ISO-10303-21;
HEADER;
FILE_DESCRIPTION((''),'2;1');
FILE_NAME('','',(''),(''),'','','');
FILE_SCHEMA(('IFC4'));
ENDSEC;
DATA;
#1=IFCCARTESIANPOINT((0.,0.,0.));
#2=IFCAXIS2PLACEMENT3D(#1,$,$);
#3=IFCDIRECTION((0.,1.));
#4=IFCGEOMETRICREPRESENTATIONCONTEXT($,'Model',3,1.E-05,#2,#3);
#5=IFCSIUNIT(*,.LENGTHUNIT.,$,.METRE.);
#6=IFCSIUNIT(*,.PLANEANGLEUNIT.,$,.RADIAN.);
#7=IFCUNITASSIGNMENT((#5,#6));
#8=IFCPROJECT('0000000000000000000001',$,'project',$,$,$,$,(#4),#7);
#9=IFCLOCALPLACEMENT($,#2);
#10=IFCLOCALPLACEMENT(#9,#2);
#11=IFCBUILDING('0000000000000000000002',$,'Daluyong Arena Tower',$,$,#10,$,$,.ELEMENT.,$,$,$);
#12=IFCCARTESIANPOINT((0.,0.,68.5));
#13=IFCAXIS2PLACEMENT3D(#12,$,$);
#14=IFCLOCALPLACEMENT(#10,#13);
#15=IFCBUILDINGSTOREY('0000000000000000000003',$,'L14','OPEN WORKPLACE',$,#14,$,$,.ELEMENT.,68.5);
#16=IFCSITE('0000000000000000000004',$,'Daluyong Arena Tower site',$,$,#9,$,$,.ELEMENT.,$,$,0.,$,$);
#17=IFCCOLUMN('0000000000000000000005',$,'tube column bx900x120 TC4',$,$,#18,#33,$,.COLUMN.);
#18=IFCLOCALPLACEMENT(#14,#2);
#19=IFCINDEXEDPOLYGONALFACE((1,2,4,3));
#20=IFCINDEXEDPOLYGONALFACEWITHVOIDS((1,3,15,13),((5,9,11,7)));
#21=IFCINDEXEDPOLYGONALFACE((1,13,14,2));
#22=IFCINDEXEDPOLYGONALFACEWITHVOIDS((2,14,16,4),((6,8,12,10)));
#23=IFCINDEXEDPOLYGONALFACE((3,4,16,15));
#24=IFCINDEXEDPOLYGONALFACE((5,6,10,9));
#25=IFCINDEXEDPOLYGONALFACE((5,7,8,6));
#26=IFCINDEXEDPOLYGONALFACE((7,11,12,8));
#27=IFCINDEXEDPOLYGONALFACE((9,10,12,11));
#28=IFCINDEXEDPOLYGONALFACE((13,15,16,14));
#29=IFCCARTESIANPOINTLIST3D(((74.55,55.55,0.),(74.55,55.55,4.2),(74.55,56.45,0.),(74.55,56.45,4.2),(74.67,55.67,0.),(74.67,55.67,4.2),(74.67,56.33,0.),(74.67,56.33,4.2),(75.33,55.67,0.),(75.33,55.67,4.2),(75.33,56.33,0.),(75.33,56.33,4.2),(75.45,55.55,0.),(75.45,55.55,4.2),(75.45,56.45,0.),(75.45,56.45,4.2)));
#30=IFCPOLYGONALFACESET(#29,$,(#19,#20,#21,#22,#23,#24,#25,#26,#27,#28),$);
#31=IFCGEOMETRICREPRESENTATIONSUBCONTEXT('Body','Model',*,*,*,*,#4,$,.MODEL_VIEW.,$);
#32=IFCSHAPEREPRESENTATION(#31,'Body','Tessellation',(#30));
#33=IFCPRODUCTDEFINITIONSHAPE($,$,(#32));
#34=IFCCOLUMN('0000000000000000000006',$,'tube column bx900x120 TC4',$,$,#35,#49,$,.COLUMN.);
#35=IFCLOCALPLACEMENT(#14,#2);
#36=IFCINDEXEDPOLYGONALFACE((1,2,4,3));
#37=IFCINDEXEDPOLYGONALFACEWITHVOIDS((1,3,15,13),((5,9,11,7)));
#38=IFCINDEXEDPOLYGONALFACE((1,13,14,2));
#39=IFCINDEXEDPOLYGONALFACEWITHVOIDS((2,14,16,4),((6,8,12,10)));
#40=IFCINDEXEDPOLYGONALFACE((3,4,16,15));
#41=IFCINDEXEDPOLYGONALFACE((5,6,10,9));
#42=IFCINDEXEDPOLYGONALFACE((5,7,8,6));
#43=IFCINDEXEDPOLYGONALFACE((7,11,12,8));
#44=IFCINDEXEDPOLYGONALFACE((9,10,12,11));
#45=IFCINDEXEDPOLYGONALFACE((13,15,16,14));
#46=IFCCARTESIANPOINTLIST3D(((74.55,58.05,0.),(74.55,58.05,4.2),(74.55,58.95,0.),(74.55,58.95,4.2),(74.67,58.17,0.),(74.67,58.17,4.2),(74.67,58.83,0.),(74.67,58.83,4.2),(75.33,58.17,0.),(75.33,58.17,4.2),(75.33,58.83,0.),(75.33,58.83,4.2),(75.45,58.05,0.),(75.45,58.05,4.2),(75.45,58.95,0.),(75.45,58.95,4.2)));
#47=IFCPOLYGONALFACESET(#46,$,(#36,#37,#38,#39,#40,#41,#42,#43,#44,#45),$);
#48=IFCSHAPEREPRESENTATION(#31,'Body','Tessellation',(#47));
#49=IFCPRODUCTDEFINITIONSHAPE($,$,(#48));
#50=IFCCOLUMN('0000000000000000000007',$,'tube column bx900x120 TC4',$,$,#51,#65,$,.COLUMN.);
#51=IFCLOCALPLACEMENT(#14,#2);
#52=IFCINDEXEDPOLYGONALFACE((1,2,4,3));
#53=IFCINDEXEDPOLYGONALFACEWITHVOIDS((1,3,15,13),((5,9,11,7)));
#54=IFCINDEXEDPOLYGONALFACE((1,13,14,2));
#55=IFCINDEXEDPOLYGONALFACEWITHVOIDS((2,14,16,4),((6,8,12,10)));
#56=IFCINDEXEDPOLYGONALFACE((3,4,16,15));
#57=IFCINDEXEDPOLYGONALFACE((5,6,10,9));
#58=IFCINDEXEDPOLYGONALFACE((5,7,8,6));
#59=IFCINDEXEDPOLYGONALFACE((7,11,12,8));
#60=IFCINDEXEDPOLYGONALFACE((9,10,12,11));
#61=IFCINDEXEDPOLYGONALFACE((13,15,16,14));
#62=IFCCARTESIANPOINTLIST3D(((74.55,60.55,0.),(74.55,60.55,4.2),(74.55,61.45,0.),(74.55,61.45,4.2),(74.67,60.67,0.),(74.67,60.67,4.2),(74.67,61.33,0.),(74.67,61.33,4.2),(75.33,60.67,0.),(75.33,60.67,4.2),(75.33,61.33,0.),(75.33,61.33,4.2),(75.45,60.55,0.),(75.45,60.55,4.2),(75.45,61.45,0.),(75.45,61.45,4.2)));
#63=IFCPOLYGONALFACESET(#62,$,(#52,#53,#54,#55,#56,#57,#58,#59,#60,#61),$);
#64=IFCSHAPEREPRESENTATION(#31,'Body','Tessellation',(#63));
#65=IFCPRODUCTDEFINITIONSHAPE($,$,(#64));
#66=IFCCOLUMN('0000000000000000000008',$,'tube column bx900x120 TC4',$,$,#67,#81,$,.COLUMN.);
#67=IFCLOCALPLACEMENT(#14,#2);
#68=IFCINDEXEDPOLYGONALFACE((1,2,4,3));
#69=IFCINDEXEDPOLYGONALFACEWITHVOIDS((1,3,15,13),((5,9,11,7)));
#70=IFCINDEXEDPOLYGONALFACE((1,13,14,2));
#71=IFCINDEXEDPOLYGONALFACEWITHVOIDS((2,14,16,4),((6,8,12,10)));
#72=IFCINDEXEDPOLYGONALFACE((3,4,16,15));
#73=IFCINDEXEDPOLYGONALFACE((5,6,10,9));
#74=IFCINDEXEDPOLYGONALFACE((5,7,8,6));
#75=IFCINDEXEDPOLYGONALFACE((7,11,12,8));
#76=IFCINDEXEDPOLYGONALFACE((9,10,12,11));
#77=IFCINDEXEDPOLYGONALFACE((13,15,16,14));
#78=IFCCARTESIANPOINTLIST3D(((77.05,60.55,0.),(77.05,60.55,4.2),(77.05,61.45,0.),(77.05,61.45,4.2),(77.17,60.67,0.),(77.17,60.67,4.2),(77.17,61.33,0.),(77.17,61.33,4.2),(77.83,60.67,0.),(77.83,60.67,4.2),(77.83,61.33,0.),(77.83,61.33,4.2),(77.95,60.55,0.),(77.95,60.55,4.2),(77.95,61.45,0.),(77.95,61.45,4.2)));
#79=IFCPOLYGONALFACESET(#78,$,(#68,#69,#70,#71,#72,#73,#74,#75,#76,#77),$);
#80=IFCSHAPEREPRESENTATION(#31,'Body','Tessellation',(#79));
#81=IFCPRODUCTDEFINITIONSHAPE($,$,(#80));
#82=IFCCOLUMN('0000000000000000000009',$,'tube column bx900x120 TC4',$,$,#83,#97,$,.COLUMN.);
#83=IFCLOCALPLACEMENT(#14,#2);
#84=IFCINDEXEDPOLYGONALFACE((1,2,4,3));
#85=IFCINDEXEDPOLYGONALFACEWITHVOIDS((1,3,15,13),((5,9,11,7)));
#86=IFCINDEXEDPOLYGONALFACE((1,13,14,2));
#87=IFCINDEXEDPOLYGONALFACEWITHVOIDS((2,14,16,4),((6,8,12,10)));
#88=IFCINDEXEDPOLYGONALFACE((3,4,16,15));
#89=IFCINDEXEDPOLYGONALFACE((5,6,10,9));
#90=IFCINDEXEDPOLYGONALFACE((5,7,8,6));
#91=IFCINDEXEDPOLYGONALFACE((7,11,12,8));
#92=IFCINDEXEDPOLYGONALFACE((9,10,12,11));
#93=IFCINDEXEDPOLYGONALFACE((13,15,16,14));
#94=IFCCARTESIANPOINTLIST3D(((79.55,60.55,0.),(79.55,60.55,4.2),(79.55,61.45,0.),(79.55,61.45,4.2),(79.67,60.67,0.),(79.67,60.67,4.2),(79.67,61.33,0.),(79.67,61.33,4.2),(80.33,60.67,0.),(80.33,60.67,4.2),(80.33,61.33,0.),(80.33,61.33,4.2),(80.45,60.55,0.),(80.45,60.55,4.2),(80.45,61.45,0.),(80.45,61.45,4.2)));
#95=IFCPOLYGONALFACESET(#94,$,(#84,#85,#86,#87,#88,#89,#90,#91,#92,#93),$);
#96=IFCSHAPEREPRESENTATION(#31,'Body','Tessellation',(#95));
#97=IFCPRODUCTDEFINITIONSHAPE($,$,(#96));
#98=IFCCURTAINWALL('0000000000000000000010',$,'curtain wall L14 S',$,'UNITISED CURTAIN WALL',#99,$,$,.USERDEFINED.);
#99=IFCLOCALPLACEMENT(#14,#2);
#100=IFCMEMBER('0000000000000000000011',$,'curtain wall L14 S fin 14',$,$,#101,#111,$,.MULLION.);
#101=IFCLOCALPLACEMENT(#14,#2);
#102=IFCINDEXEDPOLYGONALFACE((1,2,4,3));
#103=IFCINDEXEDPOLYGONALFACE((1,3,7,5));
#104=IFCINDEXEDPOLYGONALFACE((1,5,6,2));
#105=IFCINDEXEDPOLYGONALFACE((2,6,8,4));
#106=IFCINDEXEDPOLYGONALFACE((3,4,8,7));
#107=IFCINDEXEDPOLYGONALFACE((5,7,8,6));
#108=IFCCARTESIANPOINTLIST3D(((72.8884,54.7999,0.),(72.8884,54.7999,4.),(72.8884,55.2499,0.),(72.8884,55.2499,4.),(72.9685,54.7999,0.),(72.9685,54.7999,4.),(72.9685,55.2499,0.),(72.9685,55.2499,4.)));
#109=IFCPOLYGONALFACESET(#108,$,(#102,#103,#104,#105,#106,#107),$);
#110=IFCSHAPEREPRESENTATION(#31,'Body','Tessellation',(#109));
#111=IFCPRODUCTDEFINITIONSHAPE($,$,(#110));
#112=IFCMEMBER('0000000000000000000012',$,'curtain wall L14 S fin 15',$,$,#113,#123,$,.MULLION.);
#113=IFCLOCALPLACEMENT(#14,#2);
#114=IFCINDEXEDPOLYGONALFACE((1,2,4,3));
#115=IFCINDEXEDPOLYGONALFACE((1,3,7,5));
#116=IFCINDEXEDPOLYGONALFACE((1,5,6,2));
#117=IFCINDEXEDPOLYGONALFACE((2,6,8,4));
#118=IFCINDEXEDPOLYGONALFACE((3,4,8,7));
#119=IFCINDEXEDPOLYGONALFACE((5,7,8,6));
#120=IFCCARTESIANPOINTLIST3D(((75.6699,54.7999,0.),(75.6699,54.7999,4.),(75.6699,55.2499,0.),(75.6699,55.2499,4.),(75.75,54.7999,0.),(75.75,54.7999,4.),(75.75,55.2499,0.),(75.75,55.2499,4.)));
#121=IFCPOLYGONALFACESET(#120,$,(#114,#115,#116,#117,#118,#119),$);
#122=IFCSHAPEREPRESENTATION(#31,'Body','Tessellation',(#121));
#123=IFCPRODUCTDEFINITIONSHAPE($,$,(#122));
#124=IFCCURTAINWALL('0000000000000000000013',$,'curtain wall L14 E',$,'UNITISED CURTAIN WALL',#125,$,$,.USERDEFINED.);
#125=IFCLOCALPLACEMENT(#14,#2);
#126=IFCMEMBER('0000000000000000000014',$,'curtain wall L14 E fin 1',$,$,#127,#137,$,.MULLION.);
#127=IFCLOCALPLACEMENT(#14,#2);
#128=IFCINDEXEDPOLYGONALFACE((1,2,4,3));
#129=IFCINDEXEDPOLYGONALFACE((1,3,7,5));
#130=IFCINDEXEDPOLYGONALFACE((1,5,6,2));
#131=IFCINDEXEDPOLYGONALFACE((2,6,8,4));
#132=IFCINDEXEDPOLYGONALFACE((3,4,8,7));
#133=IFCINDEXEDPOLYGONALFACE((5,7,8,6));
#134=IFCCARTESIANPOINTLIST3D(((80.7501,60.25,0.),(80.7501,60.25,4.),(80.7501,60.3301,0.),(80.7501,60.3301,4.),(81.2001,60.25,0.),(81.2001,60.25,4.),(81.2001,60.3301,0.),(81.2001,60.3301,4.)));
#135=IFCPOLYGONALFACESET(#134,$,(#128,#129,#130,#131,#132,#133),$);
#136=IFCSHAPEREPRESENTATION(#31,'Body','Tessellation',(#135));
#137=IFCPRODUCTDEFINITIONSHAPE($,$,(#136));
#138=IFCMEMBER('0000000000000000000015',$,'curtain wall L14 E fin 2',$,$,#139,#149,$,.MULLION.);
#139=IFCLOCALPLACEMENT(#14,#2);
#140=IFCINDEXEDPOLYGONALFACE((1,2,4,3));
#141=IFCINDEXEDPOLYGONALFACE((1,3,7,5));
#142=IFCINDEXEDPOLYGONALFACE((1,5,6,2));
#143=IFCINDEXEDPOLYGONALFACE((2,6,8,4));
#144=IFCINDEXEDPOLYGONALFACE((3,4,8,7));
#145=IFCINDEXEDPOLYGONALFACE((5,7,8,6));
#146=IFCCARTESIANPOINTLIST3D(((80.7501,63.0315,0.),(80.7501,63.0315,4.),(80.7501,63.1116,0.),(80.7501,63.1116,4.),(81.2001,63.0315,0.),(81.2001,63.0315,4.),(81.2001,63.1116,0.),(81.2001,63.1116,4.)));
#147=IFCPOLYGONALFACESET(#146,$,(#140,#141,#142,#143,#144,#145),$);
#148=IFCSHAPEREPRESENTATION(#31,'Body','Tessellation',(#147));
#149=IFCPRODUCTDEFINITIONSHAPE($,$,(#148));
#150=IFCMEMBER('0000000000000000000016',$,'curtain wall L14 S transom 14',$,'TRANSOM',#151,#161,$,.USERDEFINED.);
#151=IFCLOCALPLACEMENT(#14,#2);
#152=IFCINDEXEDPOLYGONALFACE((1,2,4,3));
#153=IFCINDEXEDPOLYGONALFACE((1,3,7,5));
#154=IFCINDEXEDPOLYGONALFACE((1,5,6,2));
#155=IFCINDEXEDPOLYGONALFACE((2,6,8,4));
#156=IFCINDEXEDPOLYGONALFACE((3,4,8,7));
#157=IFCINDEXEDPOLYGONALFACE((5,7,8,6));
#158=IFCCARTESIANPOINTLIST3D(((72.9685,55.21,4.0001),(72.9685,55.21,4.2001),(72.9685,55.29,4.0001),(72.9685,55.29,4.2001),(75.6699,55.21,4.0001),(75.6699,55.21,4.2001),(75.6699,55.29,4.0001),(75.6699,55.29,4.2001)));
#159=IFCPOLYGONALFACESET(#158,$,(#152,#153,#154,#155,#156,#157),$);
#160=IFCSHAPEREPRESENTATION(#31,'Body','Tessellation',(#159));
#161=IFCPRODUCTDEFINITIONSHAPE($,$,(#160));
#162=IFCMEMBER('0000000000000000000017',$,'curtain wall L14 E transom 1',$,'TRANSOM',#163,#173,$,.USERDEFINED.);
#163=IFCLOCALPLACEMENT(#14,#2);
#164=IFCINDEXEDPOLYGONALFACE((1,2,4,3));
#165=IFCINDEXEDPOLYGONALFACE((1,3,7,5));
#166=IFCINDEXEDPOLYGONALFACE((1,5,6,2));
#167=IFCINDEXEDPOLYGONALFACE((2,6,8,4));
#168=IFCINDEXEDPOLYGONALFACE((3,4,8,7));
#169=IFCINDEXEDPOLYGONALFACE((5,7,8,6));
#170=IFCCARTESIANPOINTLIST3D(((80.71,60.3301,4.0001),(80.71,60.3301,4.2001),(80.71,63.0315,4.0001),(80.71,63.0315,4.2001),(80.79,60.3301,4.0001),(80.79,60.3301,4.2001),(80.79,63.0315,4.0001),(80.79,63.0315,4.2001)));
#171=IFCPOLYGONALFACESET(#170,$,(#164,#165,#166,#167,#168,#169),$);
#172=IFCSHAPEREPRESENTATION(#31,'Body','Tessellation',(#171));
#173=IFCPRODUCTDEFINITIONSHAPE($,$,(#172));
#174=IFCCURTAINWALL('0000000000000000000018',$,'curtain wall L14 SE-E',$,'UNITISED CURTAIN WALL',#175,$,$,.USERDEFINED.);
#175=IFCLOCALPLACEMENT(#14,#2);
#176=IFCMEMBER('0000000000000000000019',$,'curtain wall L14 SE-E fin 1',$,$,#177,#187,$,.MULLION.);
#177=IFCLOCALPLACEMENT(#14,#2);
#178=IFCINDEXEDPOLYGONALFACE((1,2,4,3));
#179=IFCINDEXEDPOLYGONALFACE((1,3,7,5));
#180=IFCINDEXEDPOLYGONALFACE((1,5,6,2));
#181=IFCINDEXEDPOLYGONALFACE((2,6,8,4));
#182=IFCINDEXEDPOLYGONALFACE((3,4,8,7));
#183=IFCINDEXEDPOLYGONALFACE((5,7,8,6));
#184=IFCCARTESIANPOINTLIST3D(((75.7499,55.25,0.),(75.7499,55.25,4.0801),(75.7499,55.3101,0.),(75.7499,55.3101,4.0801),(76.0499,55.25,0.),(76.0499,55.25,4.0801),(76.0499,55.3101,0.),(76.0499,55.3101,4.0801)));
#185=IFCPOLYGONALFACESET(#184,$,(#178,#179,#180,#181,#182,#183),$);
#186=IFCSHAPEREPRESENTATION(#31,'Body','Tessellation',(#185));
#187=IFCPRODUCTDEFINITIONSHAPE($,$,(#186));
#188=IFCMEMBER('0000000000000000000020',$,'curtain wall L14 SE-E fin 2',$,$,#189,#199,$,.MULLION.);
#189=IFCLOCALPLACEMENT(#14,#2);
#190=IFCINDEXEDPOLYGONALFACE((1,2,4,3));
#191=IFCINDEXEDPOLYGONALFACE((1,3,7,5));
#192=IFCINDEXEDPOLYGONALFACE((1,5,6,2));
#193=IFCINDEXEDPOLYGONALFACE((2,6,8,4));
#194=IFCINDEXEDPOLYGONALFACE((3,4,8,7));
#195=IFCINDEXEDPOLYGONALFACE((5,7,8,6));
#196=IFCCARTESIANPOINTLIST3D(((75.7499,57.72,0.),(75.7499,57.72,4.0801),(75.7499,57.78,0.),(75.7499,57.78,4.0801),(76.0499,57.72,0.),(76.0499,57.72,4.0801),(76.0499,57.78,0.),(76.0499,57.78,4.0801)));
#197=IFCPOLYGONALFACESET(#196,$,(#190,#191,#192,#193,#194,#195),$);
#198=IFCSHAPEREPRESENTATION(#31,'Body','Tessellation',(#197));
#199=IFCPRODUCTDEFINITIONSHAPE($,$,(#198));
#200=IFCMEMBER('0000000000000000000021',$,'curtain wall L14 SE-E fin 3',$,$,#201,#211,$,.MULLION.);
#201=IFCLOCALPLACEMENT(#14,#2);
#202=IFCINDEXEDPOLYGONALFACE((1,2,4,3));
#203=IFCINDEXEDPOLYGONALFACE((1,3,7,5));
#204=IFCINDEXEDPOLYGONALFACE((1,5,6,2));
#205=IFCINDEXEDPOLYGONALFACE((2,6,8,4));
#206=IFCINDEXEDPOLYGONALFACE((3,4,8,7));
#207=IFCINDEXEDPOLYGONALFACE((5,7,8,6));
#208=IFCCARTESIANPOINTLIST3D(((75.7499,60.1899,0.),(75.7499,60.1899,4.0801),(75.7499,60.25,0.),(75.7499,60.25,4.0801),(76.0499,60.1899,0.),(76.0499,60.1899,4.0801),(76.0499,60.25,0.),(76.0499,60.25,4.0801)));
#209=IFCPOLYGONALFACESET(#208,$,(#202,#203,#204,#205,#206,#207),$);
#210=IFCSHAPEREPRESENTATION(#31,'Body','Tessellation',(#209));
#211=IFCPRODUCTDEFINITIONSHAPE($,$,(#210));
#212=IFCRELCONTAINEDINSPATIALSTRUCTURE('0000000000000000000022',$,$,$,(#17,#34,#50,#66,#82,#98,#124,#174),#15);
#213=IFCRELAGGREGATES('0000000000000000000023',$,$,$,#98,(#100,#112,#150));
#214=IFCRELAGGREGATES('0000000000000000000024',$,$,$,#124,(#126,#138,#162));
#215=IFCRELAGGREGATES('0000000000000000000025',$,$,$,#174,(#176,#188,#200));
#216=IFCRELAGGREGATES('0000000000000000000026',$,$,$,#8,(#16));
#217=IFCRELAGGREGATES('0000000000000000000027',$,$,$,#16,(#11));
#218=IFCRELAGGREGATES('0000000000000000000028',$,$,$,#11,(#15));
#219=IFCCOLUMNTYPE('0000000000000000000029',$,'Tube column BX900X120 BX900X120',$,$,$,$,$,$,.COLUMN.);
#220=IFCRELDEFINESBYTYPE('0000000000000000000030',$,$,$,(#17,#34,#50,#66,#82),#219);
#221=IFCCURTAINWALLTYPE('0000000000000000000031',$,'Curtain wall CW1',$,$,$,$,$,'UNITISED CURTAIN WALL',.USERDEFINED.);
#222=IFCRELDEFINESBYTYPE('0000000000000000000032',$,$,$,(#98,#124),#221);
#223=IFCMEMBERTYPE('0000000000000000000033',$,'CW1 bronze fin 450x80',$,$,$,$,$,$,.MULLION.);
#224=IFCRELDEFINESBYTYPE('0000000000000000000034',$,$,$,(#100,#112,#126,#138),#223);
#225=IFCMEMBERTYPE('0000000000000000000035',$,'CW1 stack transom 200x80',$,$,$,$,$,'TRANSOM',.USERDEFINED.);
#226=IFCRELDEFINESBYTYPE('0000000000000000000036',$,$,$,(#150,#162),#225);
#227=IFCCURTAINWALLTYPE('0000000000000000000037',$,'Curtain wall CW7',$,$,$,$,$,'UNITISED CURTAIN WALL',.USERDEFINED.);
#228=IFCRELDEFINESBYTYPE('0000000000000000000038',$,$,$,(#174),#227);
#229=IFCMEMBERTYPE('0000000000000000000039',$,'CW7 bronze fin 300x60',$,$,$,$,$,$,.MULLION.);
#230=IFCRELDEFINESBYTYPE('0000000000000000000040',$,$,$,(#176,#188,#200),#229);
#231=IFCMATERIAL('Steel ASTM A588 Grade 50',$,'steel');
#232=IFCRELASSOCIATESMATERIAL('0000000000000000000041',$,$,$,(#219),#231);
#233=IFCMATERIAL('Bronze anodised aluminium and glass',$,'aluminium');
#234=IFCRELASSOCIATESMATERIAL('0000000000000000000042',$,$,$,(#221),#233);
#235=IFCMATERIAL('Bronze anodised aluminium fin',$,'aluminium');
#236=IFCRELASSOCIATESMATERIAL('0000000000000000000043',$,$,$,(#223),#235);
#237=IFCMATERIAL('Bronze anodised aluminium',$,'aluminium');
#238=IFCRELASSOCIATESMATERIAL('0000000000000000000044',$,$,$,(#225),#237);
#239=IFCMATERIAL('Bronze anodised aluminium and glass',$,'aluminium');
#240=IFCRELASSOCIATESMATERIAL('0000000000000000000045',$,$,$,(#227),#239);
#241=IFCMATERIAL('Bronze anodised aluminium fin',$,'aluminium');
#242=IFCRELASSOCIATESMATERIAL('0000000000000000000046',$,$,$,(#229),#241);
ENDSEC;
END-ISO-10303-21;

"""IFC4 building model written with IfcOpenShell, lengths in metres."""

from ifc_helpers import new_model, si_unit, direction, frame, origin, origin_2d, place, context, subcontext, project, spatial, rectangle, hollow_rectangle, extrude, material, material_profile, profile_set, type_object, element, aggregate, save


model = new_model("IFC4")

# Units and contexts
model_context = context("Model", 3, precision=1e-05, world=origin(), true_north=direction((0.0, 1.0)))
body_context = subcontext(model_context, "Body", "Model", "MODEL_VIEW")
ifc_project = project(units=[si_unit("LENGTHUNIT", "METRE"), si_unit("PLANEANGLEUNIT", "RADIAN")], contexts=[model_context])

# Site, building, storey
site_placement = place(None, origin())
site = spatial("IfcSite", under=ifc_project, at=site_placement, Name="Daluyong Arena Tower site", CompositionType="ELEMENT", RefElevation=0.0)
building_placement = place(site_placement, origin())
building = spatial("IfcBuilding", under=site, at=building_placement, Name="Daluyong Arena Tower", CompositionType="ELEMENT")
storey_placement = place(building_placement, frame((0.0, 0.0, 68.5)))
storey = spatial("IfcBuildingStorey", under=building, at=storey_placement, Name="L14", Description="OPEN WORKPLACE", CompositionType="ELEMENT", Elevation=68.5)

# Columns
ifc_material_1 = material(Name="Steel ASTM A588 Grade 50", Category="steel")
ifc_material_profile_1 = material_profile(ifc_material_1, hollow_rectangle(XDim=0.8999, YDim=0.8999, WallThickness=0.12, at=origin_2d()))
ifc_profile_set_1 = profile_set([ifc_material_profile_1], Name="Steel ASTM A588 Grade 50")
column_type = type_object("IfcColumnType", Name="Tube column BX900X120 BX900X120", PredefinedType="COLUMN", material=ifc_profile_set_1)
for number, where, z_axis, x_axis, name in (
    (1, (75.0, 56.0, 0.0), (0.0, 0.0, 1.0), (0.0, 1.0, 0.0), "tube column bx900x120 TC4"),
    (2, (75.0, 58.5, 0.0), (0.0, 0.0, 1.0), (0.0, 1.0, 0.0), "tube column bx900x120 TC4"),
    (3, (75.0, 61.0, 0.0), (0.0, 0.0, 1.0), (1.0, 0.0, 0.0), "tube column bx900x120 TC4"),
    (4, (77.5, 61.0, 0.0), (0.0, 0.0, 1.0), (1.0, 0.0, 0.0), "tube column bx900x120 TC4"),
    (5, (80.0, 61.0, 0.0), (0.0, 0.0, 1.0), (0.0, 1.0, 0.0), "tube column bx900x120 TC4"),
):
    element("IfcColumn", number, at=place(storey_placement, frame(where, z_axis=z_axis, x_axis=x_axis)), inside=storey, type_object=column_type, Name=name, PredefinedType="COLUMN", context=body_context, shape_type="SweptSolid", body=[
        extrude(hollow_rectangle(XDim=0.8999, YDim=0.8999, WallThickness=0.12, at=origin_2d()), origin(), (0.0, 0.0, 1.0), 4.2),
    ])

# Curtain walls, members
ifc_material_2 = material(Name="Bronze anodised aluminium and glass", Category="aluminium")
curtain_wall_type_1 = type_object("IfcCurtainWallType", Name="Curtain wall CW1", ElementType="UNITISED CURTAIN WALL", PredefinedType="USERDEFINED", material=ifc_material_2)
curtain_wall_1_placement = place(storey_placement, origin())
curtain_wall_1 = element("IfcCurtainWall", 6, at=curtain_wall_1_placement, inside=storey, type_object=curtain_wall_type_1, Name="curtain wall L14 S", ObjectType="UNITISED CURTAIN WALL", PredefinedType="USERDEFINED")
ifc_material_3 = material(Name="Bronze anodised aluminium fin", Category="aluminium")
ifc_material_profile_2 = material_profile(ifc_material_3, rectangle(XDim=0.45, YDim=0.0801, at=origin_2d()))
ifc_profile_set_2 = profile_set([ifc_material_profile_2], Name="Bronze anodised aluminium fin")
member_type_1 = type_object("IfcMemberType", Name="CW1 bronze fin 450x80", PredefinedType="MULLION", material=ifc_profile_set_2)
member_1_placement = place(storey_placement, frame((72.9285, 55.0249, 0.0), z_axis=(0.0, 0.0, 1.0), x_axis=(0.0, 1.0, 0.0)))
member_1 = element("IfcMember", 7, at=member_1_placement, type_object=member_type_1, Name="curtain wall L14 S fin 14", PredefinedType="MULLION", context=body_context, shape_type="SweptSolid", body=[
    extrude(rectangle(XDim=0.45, YDim=0.0801, at=origin_2d()), origin(), (0.0, 0.0, 1.0), 4.0),
])
member_2_placement = place(storey_placement, frame((75.71, 55.0249, 0.0), z_axis=(0.0, 0.0, 1.0), x_axis=(0.0, 1.0, 0.0)))
member_2 = element("IfcMember", 8, at=member_2_placement, type_object=member_type_1, Name="curtain wall L14 S fin 15", PredefinedType="MULLION", context=body_context, shape_type="SweptSolid", body=[
    extrude(rectangle(XDim=0.45, YDim=0.0801, at=origin_2d()), origin(), (0.0, 0.0, 1.0), 4.0),
])
curtain_wall_2_placement = place(storey_placement, origin())
curtain_wall_2 = element("IfcCurtainWall", 9, at=curtain_wall_2_placement, inside=storey, type_object=curtain_wall_type_1, Name="curtain wall L14 E", ObjectType="UNITISED CURTAIN WALL", PredefinedType="USERDEFINED")
member_3_placement = place(storey_placement, frame((80.9751, 60.29, 0.0), z_axis=(0.0, 0.0, 1.0), x_axis=(-1.0, 0.0, 0.0)))
member_3 = element("IfcMember", 10, at=member_3_placement, type_object=member_type_1, Name="curtain wall L14 E fin 1", PredefinedType="MULLION", context=body_context, shape_type="SweptSolid", body=[
    extrude(rectangle(XDim=0.45, YDim=0.0801, at=origin_2d()), origin(), (0.0, 0.0, 1.0), 4.0),
])
member_4_placement = place(storey_placement, frame((80.9751, 63.0715, 0.0), z_axis=(0.0, 0.0, 1.0), x_axis=(-1.0, 0.0, 0.0)))
member_4 = element("IfcMember", 11, at=member_4_placement, type_object=member_type_1, Name="curtain wall L14 E fin 2", PredefinedType="MULLION", context=body_context, shape_type="SweptSolid", body=[
    extrude(rectangle(XDim=0.45, YDim=0.0801, at=origin_2d()), origin(), (0.0, 0.0, 1.0), 4.0),
])

# Members
ifc_material_4 = material(Name="Bronze anodised aluminium", Category="aluminium")
ifc_material_profile_3 = material_profile(ifc_material_4, rectangle(XDim=0.0801, YDim=0.2, at=origin_2d()))
ifc_profile_set_3 = profile_set([ifc_material_profile_3], Name="Bronze anodised aluminium")
member_type_2 = type_object("IfcMemberType", Name="CW1 stack transom 200x80", ElementType="TRANSOM", PredefinedType="USERDEFINED", material=ifc_profile_set_3)
member_5_placement = place(storey_placement, frame((72.9685, 55.25, 4.1001), z_axis=(1.0, 0.0, 0.0), x_axis=(0.0, 1.0, 0.0)))
member_5 = element("IfcMember", 12, at=member_5_placement, type_object=member_type_2, Name="curtain wall L14 S transom 14", ObjectType="TRANSOM", PredefinedType="USERDEFINED", context=body_context, shape_type="SweptSolid", body=[
    extrude(rectangle(XDim=0.0801, YDim=0.2, at=origin_2d()), origin(), (0.0, 0.0, 1.0), 2.7014),
])
member_6_placement = place(storey_placement, frame((80.75, 60.3301, 4.1001), z_axis=(0.0, 1.0, 0.0), x_axis=(-1.0, 0.0, 0.0)))
member_6 = element("IfcMember", 13, at=member_6_placement, type_object=member_type_2, Name="curtain wall L14 E transom 1", ObjectType="TRANSOM", PredefinedType="USERDEFINED", context=body_context, shape_type="SweptSolid", body=[
    extrude(rectangle(XDim=0.0801, YDim=0.2, at=origin_2d()), origin(), (0.0, 0.0, 1.0), 2.7014),
])

# Curtain wall, members
ifc_material_5 = material(Name="Bronze anodised aluminium and glass", Category="aluminium")
curtain_wall_type_2 = type_object("IfcCurtainWallType", Name="Curtain wall CW7", ElementType="UNITISED CURTAIN WALL", PredefinedType="USERDEFINED", material=ifc_material_5)
curtain_wall_3_placement = place(storey_placement, origin())
curtain_wall_3 = element("IfcCurtainWall", 14, at=curtain_wall_3_placement, inside=storey, type_object=curtain_wall_type_2, Name="curtain wall L14 SE-E", ObjectType="UNITISED CURTAIN WALL", PredefinedType="USERDEFINED")
ifc_material_6 = material(Name="Bronze anodised aluminium fin", Category="aluminium")
ifc_material_profile_4 = material_profile(ifc_material_6, rectangle(XDim=0.3, YDim=0.0601, at=origin_2d()))
ifc_profile_set_4 = profile_set([ifc_material_profile_4], Name="Bronze anodised aluminium fin")
member_type_3 = type_object("IfcMemberType", Name="CW7 bronze fin 300x60", PredefinedType="MULLION", material=ifc_profile_set_4)
member_7_placement = place(storey_placement, frame((75.8999, 55.28, 0.0), z_axis=(0.0, 0.0, 1.0), x_axis=(-1.0, 0.0, 0.0)))
member_7 = element("IfcMember", 15, at=member_7_placement, type_object=member_type_3, Name="curtain wall L14 SE-E fin 1", PredefinedType="MULLION", context=body_context, shape_type="SweptSolid", body=[
    extrude(rectangle(XDim=0.3, YDim=0.0601, at=origin_2d()), origin(), (0.0, 0.0, 1.0), 4.0801),
])
member_8_placement = place(storey_placement, frame((75.8999, 57.75, 0.0), z_axis=(0.0, 0.0, 1.0), x_axis=(-1.0, 0.0, 0.0)))
member_8 = element("IfcMember", 16, at=member_8_placement, type_object=member_type_3, Name="curtain wall L14 SE-E fin 2", PredefinedType="MULLION", context=body_context, shape_type="SweptSolid", body=[
    extrude(rectangle(XDim=0.3, YDim=0.0601, at=origin_2d()), origin(), (0.0, 0.0, 1.0), 4.0801),
])
member_9_placement = place(storey_placement, frame((75.8999, 60.22, 0.0), z_axis=(0.0, 0.0, 1.0), x_axis=(-1.0, 0.0, 0.0)))
member_9 = element("IfcMember", 17, at=member_9_placement, type_object=member_type_3, Name="curtain wall L14 SE-E fin 3", PredefinedType="MULLION", context=body_context, shape_type="SweptSolid", body=[
    extrude(rectangle(XDim=0.3, YDim=0.0601, at=origin_2d()), origin(), (0.0, 0.0, 1.0), 4.0801),
])

aggregate(curtain_wall_1, [member_1, member_2, member_5])
aggregate(curtain_wall_2, [member_3, member_4, member_6])
aggregate(curtain_wall_3, [member_7, member_8, member_9])

save(model, "model.ifc")
